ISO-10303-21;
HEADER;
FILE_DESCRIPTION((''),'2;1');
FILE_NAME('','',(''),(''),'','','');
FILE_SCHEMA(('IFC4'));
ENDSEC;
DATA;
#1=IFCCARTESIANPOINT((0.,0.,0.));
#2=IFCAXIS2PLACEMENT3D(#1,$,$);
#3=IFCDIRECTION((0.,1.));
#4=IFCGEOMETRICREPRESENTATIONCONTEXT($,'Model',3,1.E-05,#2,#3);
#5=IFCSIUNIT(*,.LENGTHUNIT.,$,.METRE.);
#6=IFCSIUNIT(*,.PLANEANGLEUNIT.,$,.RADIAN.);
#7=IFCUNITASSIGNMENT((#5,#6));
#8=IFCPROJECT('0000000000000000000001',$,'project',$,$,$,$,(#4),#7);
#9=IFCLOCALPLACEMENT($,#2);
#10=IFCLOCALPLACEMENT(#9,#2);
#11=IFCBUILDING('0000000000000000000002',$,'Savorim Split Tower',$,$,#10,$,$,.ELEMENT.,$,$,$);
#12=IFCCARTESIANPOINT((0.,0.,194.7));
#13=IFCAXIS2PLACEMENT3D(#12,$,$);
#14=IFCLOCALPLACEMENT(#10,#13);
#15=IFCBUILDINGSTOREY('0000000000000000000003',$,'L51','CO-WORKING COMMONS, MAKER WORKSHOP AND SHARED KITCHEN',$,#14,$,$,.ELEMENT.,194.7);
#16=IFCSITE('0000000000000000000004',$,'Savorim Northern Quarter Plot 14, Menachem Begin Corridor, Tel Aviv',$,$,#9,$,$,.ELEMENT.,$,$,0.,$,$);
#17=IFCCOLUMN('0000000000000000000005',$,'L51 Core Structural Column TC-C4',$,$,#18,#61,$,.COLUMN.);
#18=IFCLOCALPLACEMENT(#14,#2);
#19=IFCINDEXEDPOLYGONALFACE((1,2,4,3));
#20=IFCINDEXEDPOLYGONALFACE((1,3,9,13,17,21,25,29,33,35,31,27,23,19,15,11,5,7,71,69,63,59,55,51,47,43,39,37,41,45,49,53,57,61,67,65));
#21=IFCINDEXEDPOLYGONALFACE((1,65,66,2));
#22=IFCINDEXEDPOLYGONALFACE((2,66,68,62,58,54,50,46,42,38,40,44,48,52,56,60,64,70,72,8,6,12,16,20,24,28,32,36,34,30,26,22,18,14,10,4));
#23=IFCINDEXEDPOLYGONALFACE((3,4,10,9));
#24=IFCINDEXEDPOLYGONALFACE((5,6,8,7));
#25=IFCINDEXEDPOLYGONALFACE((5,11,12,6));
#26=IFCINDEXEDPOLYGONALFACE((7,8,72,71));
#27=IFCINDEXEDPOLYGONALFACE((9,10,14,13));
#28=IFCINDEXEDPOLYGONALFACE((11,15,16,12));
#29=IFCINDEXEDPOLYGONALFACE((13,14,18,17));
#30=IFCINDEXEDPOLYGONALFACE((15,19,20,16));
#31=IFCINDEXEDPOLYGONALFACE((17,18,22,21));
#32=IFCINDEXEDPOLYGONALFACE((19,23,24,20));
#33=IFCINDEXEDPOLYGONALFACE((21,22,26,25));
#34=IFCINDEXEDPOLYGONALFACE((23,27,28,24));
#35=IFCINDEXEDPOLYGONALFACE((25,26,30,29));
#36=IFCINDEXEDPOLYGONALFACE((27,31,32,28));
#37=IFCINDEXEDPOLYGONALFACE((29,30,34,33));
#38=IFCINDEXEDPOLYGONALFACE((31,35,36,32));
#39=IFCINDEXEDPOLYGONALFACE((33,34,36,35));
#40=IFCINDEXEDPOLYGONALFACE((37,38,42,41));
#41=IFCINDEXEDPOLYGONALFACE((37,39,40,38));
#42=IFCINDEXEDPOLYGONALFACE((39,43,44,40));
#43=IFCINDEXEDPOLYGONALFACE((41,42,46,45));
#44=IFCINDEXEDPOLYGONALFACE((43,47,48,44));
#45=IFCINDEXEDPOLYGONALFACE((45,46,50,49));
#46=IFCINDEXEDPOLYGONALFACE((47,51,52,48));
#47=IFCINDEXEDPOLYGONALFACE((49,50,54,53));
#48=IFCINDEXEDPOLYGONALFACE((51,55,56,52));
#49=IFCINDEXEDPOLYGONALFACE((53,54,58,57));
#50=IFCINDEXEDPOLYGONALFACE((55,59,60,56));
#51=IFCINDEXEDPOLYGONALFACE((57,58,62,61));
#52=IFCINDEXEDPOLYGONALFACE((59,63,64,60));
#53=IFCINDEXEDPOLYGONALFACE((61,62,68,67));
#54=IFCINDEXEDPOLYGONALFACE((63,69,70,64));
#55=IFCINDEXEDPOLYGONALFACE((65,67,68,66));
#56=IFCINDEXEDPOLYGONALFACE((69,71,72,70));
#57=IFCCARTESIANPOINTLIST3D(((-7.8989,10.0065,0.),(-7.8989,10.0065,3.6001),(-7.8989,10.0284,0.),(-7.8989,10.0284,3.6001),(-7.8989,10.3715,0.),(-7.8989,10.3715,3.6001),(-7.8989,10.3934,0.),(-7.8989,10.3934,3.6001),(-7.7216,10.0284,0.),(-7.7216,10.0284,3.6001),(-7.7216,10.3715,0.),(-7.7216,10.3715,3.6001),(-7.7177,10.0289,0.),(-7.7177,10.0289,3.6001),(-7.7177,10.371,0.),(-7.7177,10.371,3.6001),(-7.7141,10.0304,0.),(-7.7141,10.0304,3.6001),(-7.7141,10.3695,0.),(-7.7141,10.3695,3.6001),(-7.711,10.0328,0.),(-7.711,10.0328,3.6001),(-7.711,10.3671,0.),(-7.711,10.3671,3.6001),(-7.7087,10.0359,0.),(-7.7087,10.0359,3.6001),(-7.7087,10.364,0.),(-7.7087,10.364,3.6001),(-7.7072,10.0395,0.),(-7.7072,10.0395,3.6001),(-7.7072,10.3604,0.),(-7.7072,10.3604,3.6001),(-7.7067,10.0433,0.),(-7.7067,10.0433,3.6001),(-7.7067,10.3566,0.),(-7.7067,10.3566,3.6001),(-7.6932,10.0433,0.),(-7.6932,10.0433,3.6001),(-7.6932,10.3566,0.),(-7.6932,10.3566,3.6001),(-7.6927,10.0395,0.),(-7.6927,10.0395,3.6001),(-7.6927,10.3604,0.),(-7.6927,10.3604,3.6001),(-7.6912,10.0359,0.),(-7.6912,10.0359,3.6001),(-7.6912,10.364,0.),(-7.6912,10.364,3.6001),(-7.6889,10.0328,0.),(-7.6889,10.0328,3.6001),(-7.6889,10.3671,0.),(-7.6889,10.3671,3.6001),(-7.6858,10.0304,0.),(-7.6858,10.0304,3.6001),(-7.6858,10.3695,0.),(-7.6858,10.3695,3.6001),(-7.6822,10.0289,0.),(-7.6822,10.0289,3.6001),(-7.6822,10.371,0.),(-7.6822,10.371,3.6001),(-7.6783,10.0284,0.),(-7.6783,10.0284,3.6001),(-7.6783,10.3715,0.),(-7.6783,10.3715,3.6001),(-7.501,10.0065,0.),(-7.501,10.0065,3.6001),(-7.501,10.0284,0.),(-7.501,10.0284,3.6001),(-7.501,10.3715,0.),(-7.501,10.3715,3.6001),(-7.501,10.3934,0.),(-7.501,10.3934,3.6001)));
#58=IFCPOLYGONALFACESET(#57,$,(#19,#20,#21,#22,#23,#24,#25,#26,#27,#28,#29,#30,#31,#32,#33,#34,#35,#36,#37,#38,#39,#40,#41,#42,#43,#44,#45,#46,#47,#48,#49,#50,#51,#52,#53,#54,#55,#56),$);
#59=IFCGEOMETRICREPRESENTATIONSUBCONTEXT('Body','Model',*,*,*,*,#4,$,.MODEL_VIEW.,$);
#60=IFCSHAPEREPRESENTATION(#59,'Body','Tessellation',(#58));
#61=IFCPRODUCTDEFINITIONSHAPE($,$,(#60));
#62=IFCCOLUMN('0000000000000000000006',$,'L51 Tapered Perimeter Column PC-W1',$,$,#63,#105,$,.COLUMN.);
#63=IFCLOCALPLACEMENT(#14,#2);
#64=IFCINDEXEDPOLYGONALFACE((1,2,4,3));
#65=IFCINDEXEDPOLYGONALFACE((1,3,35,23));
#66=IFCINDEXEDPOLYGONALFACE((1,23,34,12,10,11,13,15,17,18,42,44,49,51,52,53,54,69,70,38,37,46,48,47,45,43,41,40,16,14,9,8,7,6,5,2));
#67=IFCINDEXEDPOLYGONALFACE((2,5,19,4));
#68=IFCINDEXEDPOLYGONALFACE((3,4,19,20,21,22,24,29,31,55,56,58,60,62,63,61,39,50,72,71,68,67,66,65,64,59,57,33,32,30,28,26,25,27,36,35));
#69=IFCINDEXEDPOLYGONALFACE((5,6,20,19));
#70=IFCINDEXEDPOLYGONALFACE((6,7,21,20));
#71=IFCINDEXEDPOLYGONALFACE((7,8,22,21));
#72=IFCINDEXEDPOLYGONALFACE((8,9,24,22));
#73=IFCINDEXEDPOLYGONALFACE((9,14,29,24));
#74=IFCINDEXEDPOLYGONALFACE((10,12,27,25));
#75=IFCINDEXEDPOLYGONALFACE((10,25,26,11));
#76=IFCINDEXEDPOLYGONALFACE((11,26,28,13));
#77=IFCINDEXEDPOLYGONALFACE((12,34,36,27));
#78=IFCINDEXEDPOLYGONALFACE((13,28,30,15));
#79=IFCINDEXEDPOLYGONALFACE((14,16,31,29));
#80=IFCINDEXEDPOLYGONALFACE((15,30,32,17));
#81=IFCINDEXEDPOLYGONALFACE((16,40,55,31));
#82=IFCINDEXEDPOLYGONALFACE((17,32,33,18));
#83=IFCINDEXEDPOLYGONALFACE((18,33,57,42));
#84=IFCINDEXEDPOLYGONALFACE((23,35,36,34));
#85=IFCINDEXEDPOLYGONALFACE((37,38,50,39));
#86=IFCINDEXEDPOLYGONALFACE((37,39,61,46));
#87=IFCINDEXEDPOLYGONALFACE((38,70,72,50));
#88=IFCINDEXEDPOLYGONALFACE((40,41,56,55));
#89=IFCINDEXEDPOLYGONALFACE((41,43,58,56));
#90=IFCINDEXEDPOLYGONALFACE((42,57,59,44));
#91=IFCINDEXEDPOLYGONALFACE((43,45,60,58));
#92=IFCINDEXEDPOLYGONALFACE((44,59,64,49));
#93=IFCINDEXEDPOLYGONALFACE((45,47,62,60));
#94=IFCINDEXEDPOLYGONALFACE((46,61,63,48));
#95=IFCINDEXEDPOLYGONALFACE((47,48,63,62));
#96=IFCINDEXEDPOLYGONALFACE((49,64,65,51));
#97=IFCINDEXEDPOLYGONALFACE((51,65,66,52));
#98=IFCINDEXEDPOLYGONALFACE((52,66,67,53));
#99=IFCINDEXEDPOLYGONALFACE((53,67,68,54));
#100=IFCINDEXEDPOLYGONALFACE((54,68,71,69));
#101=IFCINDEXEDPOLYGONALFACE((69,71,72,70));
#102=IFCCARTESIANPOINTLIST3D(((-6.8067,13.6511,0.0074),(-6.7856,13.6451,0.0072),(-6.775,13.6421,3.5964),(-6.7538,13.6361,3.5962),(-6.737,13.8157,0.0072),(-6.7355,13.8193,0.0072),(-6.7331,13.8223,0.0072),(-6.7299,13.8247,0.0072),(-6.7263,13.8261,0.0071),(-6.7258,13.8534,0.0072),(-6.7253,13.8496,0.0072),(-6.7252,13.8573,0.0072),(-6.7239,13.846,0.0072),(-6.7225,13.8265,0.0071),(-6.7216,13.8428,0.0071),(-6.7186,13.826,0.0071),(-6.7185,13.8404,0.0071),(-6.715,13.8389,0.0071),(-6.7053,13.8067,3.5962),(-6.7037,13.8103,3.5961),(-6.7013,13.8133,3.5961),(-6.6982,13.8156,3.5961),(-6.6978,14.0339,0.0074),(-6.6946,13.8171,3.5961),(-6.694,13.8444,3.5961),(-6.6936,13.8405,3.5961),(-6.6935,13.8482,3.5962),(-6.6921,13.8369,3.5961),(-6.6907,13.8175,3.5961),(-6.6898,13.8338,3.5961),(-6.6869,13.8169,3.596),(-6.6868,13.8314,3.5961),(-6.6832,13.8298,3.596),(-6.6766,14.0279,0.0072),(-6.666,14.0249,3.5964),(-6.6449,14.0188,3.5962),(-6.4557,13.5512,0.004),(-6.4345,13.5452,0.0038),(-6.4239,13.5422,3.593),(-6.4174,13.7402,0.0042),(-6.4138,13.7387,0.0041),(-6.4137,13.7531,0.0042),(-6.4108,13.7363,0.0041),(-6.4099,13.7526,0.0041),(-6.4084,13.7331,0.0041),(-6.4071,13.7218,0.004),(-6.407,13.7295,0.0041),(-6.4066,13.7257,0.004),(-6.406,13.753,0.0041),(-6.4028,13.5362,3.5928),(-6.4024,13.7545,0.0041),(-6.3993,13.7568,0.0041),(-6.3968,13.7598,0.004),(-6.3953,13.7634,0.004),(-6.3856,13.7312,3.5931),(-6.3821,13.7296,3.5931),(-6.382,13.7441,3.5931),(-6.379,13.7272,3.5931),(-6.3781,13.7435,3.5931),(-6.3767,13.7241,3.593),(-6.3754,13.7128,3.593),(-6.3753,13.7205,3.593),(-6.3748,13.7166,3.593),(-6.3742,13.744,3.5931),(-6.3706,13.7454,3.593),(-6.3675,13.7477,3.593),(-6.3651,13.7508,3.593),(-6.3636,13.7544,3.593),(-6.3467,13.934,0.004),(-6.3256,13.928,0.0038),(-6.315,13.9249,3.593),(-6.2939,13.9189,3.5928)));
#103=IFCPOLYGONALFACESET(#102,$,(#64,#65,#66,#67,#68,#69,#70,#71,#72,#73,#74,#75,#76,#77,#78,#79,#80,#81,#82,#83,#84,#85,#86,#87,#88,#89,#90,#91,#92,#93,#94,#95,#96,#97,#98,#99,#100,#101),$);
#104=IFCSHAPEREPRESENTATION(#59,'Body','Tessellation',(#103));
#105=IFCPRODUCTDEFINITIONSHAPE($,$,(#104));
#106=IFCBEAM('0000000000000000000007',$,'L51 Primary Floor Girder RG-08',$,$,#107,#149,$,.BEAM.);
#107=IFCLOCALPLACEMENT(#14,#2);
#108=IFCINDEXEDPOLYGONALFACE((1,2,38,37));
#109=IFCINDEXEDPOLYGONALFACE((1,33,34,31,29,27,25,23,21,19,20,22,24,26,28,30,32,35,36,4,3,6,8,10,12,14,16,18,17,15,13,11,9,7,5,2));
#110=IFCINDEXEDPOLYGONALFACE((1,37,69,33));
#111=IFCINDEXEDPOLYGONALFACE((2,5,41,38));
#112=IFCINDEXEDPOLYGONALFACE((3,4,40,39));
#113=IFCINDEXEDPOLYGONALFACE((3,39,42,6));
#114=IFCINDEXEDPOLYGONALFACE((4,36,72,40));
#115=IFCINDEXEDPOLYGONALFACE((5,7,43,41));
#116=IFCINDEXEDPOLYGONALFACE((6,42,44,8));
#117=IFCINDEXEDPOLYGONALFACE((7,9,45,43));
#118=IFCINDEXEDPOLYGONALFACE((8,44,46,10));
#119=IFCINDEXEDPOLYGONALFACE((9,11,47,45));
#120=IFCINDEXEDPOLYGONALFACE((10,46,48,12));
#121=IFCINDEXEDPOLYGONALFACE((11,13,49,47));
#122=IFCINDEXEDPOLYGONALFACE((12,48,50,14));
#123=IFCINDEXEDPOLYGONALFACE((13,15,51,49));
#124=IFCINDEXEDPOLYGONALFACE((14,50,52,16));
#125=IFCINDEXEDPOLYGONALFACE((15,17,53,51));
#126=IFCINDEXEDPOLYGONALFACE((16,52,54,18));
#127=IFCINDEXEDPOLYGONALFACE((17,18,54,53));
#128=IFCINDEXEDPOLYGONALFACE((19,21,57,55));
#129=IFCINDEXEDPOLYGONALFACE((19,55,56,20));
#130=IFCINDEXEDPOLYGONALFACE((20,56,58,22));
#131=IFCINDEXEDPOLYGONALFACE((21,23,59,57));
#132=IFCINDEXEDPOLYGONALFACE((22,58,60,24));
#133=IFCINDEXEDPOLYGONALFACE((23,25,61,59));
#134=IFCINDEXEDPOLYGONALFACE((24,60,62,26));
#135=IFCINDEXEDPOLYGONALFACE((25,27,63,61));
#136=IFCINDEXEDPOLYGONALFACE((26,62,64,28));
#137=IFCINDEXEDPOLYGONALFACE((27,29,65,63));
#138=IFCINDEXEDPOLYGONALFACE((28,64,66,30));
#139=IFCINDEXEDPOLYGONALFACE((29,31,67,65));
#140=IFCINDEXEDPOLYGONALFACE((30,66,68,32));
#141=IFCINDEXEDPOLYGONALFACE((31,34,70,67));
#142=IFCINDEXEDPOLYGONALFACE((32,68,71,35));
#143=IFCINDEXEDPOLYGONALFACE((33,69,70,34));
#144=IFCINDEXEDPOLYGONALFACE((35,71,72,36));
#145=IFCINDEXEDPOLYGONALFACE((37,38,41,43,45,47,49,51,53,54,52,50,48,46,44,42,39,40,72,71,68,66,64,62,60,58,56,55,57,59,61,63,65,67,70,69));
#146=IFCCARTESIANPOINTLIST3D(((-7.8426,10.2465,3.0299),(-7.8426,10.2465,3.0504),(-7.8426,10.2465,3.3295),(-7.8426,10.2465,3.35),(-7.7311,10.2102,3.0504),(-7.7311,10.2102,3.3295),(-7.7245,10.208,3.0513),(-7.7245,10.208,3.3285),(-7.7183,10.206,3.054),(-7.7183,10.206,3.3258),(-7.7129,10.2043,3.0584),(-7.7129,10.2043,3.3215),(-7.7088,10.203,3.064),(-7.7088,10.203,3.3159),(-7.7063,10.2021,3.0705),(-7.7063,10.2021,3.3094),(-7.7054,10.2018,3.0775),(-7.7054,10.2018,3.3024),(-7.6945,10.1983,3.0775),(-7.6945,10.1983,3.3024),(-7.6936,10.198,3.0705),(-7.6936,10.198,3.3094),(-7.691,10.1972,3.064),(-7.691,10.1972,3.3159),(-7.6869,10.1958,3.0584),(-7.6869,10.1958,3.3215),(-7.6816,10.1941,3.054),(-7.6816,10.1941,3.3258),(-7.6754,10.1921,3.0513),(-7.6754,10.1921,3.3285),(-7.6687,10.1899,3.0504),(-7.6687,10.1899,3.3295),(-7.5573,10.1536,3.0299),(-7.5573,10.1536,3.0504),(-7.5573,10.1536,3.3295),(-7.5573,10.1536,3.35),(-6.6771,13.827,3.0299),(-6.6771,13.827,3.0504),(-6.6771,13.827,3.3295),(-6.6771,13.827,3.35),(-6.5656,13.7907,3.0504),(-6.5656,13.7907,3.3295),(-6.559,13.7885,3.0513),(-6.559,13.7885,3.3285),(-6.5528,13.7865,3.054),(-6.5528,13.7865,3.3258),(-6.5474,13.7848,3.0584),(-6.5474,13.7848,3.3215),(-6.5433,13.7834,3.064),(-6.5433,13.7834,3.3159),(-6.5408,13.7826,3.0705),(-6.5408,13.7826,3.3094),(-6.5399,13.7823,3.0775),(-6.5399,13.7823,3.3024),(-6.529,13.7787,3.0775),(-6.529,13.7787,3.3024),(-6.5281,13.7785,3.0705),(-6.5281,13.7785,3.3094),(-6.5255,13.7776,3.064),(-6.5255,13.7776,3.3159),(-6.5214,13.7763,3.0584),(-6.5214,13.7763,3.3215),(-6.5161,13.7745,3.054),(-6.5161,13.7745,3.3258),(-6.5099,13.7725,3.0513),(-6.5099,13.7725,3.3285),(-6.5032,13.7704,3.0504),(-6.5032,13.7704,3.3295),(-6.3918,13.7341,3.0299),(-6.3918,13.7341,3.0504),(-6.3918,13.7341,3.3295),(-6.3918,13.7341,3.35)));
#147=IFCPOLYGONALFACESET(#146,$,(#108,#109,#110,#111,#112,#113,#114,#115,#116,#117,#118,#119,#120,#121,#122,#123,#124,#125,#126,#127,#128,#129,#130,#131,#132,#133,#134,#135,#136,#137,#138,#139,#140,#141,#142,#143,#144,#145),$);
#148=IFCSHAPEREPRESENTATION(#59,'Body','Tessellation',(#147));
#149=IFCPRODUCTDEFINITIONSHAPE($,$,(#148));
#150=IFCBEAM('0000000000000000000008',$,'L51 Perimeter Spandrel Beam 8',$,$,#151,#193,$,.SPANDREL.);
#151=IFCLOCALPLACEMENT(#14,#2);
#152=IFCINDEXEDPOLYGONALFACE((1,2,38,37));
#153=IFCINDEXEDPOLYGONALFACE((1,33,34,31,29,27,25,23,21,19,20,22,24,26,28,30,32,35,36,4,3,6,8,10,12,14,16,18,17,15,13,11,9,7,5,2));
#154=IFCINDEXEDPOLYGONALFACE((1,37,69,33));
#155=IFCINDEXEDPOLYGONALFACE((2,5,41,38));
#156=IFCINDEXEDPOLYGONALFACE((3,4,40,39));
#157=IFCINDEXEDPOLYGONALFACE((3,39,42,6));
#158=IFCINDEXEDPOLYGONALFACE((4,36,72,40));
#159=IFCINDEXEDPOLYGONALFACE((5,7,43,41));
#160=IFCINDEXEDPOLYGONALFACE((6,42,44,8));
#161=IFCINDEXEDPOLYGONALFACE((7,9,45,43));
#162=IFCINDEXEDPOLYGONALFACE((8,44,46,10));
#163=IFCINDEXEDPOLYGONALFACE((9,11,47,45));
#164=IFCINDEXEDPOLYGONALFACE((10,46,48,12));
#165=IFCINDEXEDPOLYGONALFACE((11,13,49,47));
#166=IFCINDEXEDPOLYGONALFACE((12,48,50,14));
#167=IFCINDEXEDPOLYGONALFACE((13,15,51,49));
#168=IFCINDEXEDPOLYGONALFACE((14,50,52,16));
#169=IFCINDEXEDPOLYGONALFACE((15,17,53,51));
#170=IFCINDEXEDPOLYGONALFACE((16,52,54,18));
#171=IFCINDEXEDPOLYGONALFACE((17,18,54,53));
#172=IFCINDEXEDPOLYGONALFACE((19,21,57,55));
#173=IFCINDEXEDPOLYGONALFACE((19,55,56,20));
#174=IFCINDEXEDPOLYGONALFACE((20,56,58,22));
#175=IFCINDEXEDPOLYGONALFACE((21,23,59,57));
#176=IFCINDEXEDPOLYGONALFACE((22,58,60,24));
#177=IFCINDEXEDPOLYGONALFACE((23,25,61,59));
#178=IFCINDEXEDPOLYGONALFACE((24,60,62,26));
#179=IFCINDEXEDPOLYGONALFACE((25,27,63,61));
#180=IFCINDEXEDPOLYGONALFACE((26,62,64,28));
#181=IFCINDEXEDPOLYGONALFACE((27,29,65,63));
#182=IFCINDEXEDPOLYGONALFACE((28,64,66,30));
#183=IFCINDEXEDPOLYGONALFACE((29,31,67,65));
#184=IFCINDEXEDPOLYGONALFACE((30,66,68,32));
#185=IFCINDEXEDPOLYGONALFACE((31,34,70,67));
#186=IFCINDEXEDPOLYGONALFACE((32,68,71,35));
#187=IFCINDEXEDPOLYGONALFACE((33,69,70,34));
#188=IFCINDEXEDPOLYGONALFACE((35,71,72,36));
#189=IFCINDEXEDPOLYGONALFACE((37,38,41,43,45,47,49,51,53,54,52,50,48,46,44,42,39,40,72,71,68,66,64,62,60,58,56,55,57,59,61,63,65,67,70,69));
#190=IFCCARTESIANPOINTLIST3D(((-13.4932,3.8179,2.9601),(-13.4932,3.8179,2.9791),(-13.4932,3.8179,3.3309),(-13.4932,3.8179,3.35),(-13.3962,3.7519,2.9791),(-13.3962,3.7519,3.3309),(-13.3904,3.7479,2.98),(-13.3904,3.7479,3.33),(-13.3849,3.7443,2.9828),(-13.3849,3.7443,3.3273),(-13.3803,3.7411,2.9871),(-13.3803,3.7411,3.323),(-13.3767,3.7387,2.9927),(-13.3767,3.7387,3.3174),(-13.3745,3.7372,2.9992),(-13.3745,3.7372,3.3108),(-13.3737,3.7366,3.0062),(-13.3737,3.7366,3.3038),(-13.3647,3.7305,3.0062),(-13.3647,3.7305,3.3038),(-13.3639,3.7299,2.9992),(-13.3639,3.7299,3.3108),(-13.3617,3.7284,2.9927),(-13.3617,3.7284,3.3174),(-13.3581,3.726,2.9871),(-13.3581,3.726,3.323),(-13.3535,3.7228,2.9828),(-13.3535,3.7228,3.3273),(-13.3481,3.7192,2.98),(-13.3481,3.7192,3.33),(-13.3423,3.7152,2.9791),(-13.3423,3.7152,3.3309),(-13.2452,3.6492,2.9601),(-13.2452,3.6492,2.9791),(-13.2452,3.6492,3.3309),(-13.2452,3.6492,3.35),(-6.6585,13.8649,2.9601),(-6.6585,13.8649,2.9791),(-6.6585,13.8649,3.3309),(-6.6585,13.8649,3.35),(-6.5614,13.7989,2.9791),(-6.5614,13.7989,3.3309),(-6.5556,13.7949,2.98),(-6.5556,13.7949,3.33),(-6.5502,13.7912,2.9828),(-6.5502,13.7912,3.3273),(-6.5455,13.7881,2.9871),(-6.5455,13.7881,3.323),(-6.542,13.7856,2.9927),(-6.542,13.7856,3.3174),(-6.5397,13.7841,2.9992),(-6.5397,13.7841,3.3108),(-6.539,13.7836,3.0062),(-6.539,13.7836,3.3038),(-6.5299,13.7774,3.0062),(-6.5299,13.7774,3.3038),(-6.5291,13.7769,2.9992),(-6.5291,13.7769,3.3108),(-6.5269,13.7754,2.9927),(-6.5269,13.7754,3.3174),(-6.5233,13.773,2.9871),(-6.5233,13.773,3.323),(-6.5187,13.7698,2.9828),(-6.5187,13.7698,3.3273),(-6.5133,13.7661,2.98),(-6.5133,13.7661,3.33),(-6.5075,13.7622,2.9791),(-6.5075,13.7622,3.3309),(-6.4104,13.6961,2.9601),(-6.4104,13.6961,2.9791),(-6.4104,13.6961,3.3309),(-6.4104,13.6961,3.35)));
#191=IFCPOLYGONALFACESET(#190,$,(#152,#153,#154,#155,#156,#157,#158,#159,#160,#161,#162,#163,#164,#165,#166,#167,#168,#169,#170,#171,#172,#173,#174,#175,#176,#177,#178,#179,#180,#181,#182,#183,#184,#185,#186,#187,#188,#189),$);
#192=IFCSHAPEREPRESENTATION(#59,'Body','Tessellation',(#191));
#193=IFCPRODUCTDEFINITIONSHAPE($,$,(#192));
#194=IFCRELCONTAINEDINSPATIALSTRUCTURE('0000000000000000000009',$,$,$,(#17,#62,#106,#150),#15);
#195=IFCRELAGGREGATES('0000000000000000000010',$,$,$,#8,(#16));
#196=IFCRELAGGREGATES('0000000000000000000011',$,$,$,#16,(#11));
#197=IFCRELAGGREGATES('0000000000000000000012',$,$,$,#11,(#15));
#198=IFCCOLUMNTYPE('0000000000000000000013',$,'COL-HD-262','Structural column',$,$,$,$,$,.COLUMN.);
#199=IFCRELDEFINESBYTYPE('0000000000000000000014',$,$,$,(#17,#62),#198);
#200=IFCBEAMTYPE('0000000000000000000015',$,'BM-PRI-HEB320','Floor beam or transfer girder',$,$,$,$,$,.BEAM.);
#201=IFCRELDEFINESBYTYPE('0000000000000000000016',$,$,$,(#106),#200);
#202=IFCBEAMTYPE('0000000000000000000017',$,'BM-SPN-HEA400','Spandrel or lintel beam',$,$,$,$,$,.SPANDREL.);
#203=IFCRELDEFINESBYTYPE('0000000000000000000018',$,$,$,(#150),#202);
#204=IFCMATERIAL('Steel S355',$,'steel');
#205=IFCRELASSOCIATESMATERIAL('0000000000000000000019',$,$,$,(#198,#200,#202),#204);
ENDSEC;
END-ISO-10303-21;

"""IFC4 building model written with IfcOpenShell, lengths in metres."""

from ifc_helpers import new_model, si_unit, direction, frame, origin, origin_2d, place, context, subcontext, project, spatial, i_section, extrude, material, material_profile, profile_set, type_object, element, save


model = new_model("IFC4")

# Units and contexts
model_context = context("Model", 3, precision=1e-05, world=origin(), true_north=direction((0.0, 1.0)))
body_context = subcontext(model_context, "Body", "Model", "MODEL_VIEW")
ifc_project = project(units=[si_unit("LENGTHUNIT", "METRE"), si_unit("PLANEANGLEUNIT", "RADIAN")], contexts=[model_context])

# Site, building, storey
site_placement = place(None, origin())
site = spatial("IfcSite", under=ifc_project, at=site_placement, Name="Savorim Northern Quarter Plot 14, Menachem Begin Corridor, Tel Aviv", CompositionType="ELEMENT", RefElevation=0.0)
building_placement = place(site_placement, origin())
building = spatial("IfcBuilding", under=site, at=building_placement, Name="Savorim Split Tower", CompositionType="ELEMENT")
storey_placement = place(building_placement, frame((0.0, 0.0, 194.7)))
storey = spatial("IfcBuildingStorey", under=building, at=storey_placement, Name="L51", Description="CO-WORKING COMMONS, MAKER WORKSHOP AND SHARED KITCHEN", CompositionType="ELEMENT", Elevation=194.7)

# Columns
ifc_material_1 = material(Name="Steel S355", Category="steel")
ifc_material_profile_1 = material_profile(ifc_material_1, i_section(OverallWidth=0.3979, OverallDepth=0.387, WebThickness=0.0134, FlangeThickness=0.022, FilletRadius=0.0149, at=origin_2d()), Name="HD 400x262")
ifc_profile_set_1 = profile_set([ifc_material_profile_1], Name="Steel S355")
column_type = type_object("IfcColumnType", Name="COL-HD-262", Description="Structural column", PredefinedType="COLUMN", material=ifc_profile_set_1)
column_1_placement = place(storey_placement, frame((-7.7, 10.2, 0.0), z_axis=(0.0, 0.0, 1.0), x_axis=(1.0, 0.0, 0.0)))
element("IfcColumn", 1, at=column_1_placement, inside=storey, type_object=column_type, Name="L51 Core Structural Column TC-C4", PredefinedType="COLUMN", context=body_context, shape_type="SweptSolid", body=[
    extrude(i_section(OverallWidth=0.3979, OverallDepth=0.387, WebThickness=0.0134, FlangeThickness=0.022, FilletRadius=0.0149, at=origin_2d()), origin(), (0.0, 0.0, 1.0), 3.6001),
])
column_2_placement = place(storey_placement, frame((-6.5662, 13.7896, 0.0056), z_axis=(0.008843, -0.002517, 0.999958), x_axis=(0.273744, 0.961803, 0.0)))
element("IfcColumn", 2, at=column_2_placement, inside=storey, type_object=column_type, Name="L51 Tapered Perimeter Column PC-W1", PredefinedType="COLUMN", context=body_context, shape_type="SweptSolid", body=[
    extrude(i_section(OverallWidth=0.3979, OverallDepth=0.387, WebThickness=0.0134, FlangeThickness=0.022, FilletRadius=0.0149, at=origin_2d()), origin(), (0.0, 0.0, 1.0), 3.5891),
])

# Beams
ifc_material_profile_2 = material_profile(ifc_material_1, i_section(OverallWidth=0.3, OverallDepth=0.3201, WebThickness=0.0115, FlangeThickness=0.0205, FilletRadius=0.0271, at=origin_2d()), Name="HEB 320")
ifc_profile_set_2 = profile_set([ifc_material_profile_2], Name="Steel S355")
beam_type_1 = type_object("IfcBeamType", Name="BM-PRI-HEB320", Description="Floor beam or transfer girder", PredefinedType="BEAM", material=ifc_profile_set_2)
beam_1_placement = place(storey_placement, frame((-6.5344, 13.7805, 3.1899), z_axis=(-0.309529, -0.95089, 0.0), x_axis=(0.95089, -0.309529, 0.0)))
element("IfcBeam", 3, at=beam_1_placement, inside=storey, type_object=beam_type_1, Name="L51 Primary Floor Girder RG-08", PredefinedType="BEAM", context=body_context, shape_type="SweptSolid", body=[
    extrude(i_section(OverallWidth=0.3, OverallDepth=0.3201, WebThickness=0.0115, FlangeThickness=0.0205, FilletRadius=0.0271, at=origin_2d()), origin(), (0.0, 0.0, 1.0), 3.7654),
])
ifc_material_profile_3 = material_profile(ifc_material_1, i_section(OverallWidth=0.3, OverallDepth=0.3899, WebThickness=0.011, FlangeThickness=0.019, FilletRadius=0.0271, at=origin_2d()), Name="HEA 400")
ifc_profile_set_3 = profile_set([ifc_material_profile_3], Name="Steel S355")
beam_type_2 = type_object("IfcBeamType", Name="BM-SPN-HEA400", Description="Spandrel or lintel beam", PredefinedType="SPANDREL", material=ifc_profile_set_3)
beam_2_placement = place(storey_placement, frame((-6.5344, 13.7805, 3.155), z_axis=(-0.56247, -0.826818, 0.0), x_axis=(0.826818, -0.56247, 0.0)))
element("IfcBeam", 4, at=beam_2_placement, inside=storey, type_object=beam_type_2, Name="L51 Perimeter Spandrel Beam 8", PredefinedType="SPANDREL", context=body_context, shape_type="SweptSolid", body=[
    extrude(i_section(OverallWidth=0.3, OverallDepth=0.3899, WebThickness=0.011, FlangeThickness=0.019, FilletRadius=0.0271, at=origin_2d()), origin(), (0.0, 0.0, 1.0), 12.1514),
])

save(model, "model.ifc")
